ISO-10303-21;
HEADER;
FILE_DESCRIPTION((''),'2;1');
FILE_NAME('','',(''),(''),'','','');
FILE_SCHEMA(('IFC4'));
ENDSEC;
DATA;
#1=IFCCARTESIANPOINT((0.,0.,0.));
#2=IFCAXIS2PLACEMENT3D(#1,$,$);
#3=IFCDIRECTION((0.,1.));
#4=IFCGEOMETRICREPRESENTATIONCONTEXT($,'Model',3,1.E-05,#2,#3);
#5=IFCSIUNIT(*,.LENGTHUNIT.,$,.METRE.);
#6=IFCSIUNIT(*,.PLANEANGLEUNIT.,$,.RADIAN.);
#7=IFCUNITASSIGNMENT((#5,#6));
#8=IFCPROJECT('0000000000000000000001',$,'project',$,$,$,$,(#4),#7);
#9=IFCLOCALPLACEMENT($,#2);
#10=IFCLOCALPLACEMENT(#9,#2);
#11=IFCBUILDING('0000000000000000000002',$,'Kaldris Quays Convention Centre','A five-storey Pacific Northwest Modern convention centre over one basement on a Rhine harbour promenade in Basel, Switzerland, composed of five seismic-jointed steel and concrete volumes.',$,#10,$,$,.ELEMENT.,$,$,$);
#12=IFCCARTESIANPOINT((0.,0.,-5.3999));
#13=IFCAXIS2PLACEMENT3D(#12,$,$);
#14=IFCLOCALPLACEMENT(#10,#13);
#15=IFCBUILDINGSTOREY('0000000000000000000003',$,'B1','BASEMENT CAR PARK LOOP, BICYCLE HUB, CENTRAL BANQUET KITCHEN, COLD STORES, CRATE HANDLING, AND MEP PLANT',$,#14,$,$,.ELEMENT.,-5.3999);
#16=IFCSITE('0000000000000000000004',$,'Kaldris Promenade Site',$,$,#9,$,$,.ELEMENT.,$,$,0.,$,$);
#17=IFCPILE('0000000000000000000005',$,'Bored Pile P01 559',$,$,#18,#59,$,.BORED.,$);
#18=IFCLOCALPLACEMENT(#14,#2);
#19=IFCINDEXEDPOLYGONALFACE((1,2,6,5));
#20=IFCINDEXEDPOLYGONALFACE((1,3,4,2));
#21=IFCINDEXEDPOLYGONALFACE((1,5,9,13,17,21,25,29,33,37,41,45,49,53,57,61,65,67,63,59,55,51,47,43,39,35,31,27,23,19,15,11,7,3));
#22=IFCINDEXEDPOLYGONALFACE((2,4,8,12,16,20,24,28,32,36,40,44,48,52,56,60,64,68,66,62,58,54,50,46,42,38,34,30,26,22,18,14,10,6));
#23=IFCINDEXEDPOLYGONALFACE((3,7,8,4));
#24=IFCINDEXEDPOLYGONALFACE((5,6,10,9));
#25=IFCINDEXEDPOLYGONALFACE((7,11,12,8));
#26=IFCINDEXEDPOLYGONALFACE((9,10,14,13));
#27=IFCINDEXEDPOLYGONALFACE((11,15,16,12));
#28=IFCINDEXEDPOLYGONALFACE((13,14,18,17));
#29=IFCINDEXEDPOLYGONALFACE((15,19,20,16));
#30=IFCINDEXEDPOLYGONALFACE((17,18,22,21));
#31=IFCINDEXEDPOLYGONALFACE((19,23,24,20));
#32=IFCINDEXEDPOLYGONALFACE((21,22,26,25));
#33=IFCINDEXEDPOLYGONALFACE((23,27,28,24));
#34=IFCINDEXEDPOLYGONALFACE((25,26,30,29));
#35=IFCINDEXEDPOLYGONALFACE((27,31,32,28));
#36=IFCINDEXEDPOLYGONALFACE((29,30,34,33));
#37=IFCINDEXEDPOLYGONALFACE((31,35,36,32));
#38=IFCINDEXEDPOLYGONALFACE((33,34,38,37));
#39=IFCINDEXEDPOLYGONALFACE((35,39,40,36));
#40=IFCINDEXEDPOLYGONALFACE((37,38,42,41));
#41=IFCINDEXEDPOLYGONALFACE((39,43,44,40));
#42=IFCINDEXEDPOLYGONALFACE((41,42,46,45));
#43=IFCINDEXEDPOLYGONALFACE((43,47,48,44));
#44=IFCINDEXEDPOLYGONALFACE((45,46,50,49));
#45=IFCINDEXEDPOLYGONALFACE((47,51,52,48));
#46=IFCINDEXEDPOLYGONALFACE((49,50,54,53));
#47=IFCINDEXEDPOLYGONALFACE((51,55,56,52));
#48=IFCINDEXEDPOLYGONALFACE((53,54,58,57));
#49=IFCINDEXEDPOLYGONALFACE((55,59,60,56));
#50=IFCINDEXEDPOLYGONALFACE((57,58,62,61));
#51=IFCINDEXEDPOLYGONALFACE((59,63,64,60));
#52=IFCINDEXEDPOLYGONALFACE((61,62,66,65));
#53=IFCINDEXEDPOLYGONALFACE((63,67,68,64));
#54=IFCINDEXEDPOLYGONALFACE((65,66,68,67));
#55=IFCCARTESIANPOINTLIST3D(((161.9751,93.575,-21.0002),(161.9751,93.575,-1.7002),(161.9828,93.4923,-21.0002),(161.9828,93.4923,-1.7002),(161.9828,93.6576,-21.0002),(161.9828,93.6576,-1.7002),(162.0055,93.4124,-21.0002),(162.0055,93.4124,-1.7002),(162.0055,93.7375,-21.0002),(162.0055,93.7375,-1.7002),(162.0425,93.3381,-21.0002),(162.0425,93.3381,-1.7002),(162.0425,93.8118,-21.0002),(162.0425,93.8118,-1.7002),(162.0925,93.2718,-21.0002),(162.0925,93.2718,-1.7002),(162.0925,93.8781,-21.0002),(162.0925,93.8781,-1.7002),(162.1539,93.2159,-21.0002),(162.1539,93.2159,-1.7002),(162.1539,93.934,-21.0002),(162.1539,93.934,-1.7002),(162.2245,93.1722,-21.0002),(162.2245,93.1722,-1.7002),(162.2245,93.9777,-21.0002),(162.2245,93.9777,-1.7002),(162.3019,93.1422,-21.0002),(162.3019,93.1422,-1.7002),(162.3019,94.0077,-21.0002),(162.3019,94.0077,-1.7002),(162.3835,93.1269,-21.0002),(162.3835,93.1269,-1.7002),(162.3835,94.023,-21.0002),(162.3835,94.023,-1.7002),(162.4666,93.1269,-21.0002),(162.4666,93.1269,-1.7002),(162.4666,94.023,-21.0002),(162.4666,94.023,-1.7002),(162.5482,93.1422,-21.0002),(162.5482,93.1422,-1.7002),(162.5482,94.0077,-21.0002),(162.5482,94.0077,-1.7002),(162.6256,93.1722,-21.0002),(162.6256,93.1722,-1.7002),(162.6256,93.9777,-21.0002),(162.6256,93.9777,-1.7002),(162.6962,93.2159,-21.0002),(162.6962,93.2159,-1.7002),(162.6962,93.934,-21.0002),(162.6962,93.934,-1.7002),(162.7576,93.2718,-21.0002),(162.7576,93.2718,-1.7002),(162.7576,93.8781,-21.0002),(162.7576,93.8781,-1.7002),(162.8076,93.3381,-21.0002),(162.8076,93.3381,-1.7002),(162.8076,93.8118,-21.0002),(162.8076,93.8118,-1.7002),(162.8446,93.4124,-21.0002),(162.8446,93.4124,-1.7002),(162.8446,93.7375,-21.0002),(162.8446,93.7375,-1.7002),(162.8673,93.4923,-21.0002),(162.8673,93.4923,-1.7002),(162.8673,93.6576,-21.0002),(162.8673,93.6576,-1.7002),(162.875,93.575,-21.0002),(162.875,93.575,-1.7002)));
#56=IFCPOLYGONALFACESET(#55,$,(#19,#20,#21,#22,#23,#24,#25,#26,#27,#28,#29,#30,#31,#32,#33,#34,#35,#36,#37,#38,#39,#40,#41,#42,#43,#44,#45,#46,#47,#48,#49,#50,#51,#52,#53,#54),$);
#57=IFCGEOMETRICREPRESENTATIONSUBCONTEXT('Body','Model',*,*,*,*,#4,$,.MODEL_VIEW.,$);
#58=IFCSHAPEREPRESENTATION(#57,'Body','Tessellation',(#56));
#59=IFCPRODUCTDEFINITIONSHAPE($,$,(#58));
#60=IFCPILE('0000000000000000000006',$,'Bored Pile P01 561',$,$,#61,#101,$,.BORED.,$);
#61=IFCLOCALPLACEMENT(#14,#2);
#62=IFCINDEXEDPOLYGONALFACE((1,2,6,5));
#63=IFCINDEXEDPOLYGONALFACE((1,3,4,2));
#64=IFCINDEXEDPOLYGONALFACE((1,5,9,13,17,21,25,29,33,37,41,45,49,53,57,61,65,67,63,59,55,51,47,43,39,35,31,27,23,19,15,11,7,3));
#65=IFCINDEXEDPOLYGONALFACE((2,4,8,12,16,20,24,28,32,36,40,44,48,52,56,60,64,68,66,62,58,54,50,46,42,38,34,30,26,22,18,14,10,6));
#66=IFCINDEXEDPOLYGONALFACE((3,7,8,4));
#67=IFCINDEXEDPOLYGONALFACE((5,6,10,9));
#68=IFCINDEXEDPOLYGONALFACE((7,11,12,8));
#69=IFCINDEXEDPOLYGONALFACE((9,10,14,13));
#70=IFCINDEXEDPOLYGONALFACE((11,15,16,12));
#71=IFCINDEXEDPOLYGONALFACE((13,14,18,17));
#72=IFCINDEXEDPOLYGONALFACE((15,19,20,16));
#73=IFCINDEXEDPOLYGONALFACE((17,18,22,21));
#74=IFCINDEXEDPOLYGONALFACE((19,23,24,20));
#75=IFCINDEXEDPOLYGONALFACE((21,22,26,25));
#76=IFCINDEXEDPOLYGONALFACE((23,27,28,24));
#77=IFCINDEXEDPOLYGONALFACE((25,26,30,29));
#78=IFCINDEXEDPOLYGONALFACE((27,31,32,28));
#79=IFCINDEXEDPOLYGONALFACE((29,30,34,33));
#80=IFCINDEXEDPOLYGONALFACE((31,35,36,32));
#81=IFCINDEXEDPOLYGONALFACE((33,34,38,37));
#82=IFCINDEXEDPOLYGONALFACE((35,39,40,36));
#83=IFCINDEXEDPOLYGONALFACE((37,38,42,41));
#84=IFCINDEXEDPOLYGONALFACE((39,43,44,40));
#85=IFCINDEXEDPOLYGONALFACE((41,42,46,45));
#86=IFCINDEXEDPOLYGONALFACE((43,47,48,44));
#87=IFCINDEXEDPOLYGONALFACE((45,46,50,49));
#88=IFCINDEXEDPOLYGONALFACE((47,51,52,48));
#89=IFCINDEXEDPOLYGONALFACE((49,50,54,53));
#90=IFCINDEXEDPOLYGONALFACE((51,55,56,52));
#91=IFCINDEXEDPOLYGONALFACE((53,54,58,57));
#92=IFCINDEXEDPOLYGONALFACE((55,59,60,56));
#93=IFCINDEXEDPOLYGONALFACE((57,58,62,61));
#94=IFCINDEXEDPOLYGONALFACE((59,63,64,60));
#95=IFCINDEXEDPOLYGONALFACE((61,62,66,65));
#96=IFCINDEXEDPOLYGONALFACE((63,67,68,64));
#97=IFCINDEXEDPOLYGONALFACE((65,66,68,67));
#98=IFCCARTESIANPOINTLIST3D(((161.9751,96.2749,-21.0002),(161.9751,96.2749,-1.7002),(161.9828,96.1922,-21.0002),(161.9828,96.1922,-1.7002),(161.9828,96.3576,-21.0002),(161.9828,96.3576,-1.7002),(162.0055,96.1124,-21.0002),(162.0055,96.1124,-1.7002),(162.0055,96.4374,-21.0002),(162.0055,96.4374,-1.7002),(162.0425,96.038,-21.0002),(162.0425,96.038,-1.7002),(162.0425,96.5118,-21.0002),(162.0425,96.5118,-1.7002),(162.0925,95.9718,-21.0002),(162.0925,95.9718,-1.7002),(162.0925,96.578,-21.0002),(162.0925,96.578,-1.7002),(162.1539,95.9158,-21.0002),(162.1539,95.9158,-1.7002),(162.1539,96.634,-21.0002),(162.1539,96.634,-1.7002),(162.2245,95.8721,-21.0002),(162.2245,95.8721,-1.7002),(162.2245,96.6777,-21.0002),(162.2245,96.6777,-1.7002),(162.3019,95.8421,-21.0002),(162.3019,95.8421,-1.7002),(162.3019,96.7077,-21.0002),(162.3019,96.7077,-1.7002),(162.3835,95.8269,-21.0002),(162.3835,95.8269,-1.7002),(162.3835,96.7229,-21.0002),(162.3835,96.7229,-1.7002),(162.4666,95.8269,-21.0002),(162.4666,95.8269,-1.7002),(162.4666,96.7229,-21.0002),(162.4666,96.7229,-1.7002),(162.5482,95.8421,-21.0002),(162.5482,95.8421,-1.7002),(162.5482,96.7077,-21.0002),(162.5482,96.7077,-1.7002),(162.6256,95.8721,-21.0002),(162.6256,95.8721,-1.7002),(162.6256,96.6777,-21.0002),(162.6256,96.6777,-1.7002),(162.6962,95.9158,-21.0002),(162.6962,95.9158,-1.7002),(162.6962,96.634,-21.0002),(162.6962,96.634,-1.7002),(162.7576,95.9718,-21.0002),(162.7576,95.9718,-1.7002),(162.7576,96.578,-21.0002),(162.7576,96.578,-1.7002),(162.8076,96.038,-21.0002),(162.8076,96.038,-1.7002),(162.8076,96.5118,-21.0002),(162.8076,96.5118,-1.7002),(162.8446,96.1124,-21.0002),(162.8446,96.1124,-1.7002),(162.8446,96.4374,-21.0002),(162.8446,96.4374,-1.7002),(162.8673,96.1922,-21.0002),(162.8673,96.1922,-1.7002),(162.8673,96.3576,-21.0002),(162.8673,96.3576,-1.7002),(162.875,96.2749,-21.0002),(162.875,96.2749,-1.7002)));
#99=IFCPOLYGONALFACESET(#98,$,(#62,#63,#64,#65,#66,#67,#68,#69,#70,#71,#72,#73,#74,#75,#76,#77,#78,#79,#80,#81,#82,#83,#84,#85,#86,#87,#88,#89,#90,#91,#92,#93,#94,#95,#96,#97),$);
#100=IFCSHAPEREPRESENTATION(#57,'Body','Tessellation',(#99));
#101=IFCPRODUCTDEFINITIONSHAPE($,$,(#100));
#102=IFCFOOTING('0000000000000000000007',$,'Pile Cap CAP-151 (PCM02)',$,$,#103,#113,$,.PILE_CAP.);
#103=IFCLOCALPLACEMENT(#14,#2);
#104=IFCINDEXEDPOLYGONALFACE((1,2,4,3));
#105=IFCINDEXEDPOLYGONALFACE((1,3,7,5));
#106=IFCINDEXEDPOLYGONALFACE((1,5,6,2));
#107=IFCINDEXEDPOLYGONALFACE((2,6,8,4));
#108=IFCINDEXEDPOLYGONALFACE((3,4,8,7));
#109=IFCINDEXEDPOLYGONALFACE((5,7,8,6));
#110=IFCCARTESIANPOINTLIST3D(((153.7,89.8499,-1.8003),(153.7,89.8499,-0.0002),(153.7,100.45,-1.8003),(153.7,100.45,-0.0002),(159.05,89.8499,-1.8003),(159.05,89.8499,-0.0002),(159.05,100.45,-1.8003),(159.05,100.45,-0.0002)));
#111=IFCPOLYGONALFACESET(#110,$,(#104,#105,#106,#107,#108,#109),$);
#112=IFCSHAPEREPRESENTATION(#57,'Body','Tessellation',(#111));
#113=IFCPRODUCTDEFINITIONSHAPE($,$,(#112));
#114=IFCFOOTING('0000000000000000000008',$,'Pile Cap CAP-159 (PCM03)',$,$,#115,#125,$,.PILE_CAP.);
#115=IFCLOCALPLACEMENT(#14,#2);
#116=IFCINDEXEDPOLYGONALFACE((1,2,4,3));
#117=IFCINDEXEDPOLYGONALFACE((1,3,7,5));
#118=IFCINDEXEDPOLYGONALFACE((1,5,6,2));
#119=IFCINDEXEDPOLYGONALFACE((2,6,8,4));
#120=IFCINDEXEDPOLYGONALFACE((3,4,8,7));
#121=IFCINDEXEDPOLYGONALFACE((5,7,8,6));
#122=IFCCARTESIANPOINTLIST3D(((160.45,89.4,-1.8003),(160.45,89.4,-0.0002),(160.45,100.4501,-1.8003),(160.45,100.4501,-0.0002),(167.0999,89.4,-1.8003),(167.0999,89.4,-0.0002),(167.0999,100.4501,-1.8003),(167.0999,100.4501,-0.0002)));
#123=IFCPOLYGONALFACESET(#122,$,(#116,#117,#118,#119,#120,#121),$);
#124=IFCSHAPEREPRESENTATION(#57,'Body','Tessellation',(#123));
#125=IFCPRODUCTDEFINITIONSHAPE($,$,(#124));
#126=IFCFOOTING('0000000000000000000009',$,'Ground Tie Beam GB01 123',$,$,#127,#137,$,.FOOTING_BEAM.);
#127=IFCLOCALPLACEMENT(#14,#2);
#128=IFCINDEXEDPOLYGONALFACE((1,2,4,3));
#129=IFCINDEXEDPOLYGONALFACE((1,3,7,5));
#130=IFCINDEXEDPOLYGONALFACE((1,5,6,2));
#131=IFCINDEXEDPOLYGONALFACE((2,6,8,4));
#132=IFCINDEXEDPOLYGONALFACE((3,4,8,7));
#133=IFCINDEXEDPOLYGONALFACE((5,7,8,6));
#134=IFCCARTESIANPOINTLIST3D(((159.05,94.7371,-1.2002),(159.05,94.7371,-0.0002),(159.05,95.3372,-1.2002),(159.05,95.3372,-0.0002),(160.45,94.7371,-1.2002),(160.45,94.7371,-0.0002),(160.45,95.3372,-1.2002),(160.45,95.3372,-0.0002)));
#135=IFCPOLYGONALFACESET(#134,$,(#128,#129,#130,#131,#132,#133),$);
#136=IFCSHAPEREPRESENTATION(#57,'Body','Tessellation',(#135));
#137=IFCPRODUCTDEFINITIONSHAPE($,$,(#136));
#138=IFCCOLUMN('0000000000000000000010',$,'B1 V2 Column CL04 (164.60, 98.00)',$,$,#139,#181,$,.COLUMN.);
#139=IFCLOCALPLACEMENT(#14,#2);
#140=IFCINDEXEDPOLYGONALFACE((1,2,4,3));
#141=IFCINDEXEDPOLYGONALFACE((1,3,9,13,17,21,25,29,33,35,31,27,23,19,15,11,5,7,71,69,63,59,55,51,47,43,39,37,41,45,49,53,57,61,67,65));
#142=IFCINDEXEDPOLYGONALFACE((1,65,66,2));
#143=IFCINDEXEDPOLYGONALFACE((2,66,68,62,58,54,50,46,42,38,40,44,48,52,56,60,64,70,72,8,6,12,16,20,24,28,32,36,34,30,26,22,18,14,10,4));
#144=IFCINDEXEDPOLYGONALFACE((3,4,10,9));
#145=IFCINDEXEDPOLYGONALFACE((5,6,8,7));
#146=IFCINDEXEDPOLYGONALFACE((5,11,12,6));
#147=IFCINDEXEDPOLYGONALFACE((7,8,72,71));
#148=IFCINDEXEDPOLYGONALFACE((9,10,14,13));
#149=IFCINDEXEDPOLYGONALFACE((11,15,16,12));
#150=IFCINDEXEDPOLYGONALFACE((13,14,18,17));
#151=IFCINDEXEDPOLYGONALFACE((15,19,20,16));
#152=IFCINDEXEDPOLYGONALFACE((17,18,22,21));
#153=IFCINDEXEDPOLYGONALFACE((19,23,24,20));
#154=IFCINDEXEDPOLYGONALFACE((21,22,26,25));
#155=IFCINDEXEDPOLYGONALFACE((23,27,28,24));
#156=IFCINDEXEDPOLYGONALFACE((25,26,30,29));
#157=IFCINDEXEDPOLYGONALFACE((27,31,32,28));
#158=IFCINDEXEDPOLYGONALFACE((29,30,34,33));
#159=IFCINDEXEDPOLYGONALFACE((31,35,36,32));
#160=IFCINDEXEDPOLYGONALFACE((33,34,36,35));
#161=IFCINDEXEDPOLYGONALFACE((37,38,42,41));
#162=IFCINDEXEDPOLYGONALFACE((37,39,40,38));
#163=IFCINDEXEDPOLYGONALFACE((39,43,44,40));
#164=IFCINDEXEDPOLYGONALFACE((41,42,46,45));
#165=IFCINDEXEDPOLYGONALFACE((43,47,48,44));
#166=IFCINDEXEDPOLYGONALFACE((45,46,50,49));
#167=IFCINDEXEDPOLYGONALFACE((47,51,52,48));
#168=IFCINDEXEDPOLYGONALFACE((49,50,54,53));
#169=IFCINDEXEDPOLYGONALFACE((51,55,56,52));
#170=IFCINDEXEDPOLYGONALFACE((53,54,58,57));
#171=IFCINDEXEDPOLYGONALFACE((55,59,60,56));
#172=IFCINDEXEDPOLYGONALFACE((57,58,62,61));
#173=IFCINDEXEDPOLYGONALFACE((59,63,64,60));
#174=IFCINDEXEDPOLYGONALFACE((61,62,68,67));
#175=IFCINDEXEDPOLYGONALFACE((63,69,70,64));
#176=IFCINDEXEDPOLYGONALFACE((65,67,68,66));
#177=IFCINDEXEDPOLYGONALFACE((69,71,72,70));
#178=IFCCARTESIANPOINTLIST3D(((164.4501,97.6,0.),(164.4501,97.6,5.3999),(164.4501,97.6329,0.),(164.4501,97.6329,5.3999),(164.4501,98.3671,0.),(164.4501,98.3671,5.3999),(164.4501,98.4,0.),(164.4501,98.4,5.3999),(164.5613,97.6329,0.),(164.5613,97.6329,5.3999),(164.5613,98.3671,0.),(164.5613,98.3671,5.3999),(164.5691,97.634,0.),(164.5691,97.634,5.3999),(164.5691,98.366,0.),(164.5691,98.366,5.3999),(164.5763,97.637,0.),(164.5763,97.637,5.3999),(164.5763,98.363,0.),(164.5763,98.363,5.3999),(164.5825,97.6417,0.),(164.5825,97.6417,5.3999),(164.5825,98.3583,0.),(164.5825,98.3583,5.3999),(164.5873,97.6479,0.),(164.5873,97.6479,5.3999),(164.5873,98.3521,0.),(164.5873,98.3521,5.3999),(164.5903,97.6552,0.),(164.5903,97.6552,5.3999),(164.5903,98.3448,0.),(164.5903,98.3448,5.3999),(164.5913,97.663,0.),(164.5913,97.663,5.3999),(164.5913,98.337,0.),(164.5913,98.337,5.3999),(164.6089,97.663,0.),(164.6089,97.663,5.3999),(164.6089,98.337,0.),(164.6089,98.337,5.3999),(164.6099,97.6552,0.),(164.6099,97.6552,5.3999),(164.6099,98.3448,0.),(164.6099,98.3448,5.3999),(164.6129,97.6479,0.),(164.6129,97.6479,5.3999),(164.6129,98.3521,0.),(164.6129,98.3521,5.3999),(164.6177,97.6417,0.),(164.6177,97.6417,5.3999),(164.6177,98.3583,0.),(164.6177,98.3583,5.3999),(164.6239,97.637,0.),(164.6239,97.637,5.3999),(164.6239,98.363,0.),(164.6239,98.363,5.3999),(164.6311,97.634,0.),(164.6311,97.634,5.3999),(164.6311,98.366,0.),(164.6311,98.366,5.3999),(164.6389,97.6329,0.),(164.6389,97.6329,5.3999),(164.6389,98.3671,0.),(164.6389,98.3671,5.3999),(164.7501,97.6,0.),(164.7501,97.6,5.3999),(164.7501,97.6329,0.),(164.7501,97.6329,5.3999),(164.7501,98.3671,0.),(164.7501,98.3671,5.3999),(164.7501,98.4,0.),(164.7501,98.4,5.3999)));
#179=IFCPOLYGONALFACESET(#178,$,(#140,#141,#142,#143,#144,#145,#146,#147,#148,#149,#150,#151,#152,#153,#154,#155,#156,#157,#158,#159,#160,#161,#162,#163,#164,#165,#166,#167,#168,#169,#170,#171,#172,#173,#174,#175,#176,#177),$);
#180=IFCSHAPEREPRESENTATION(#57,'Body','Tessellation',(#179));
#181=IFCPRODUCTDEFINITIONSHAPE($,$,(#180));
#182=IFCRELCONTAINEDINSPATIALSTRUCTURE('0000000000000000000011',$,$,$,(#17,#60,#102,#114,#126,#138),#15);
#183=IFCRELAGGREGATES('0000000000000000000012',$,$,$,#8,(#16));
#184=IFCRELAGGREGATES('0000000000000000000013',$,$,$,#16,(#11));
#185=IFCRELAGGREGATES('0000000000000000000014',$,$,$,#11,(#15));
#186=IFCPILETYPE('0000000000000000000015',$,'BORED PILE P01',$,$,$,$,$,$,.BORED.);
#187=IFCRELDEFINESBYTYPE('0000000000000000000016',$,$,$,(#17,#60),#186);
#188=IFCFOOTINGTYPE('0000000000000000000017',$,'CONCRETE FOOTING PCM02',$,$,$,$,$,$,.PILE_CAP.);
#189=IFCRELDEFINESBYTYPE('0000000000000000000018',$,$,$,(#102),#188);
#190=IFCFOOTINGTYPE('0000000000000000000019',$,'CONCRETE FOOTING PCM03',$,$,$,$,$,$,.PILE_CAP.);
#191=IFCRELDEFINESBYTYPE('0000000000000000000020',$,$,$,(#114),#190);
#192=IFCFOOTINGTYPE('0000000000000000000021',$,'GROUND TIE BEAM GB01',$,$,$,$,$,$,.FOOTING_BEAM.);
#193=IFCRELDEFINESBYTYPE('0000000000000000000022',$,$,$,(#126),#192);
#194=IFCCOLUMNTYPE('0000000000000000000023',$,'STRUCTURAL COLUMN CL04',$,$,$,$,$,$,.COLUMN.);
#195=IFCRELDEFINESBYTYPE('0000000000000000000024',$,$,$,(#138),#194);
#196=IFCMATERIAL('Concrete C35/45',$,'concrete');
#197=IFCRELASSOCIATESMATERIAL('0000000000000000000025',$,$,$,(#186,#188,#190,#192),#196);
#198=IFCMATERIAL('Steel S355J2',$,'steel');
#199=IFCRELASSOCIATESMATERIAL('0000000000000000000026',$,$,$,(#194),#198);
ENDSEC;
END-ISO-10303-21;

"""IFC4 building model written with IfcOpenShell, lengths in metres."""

from ifc_helpers import new_model, si_unit, direction, frame, origin, origin_2d, place, context, subcontext, project, spatial, rectangle, circle, i_section, extrude, material, material_profile, profile_set, type_object, element, save


model = new_model("IFC4")

# Units and contexts
model_context = context("Model", 3, precision=1e-05, world=origin(), true_north=direction((0.0, 1.0)))
body_context = subcontext(model_context, "Body", "Model", "MODEL_VIEW")
ifc_project = project(units=[si_unit("LENGTHUNIT", "METRE"), si_unit("PLANEANGLEUNIT", "RADIAN")], contexts=[model_context])

# Site, building, storey
site_placement = place(None, origin())
site = spatial("IfcSite", under=ifc_project, at=site_placement, Name="Kaldris Promenade Site", CompositionType="ELEMENT", RefElevation=0.0)
building_placement = place(site_placement, origin())
building = spatial("IfcBuilding", under=site, at=building_placement, Name="Kaldris Quays Convention Centre", Description="A five-storey Pacific Northwest Modern convention centre over one basement on a Rhine harbour promenade in Basel, Switzerland, composed of five seismic-jointed steel and concrete volumes.", CompositionType="ELEMENT")
storey_placement = place(building_placement, frame((0.0, 0.0, -5.3999)))
storey = spatial("IfcBuildingStorey", under=building, at=storey_placement, Name="B1", Description="BASEMENT CAR PARK LOOP, BICYCLE HUB, CENTRAL BANQUET KITCHEN, COLD STORES, CRATE HANDLING, AND MEP PLANT", CompositionType="ELEMENT", Elevation=-5.3999)

# Piles
ifc_material_1 = material(Name="Concrete C35/45", Category="concrete")
ifc_material_profile_1 = material_profile(ifc_material_1, circle(Radius=0.45, at=origin_2d()), Name="BORED PILE D900")
ifc_profile_set_1 = profile_set([ifc_material_profile_1], Name="Concrete C35/45")
pile_type = type_object("IfcPileType", Name="BORED PILE P01", PredefinedType="BORED", material=ifc_profile_set_1)
for number, where, z_axis, x_axis, name in (
    (1, (162.425, 93.575, -1.7002), (0.0, 0.0, -1.0), (1.0, 0.0, 0.0), "Bored Pile P01 559"),
    (2, (162.425, 96.2749, -1.7002), (0.0, 0.0, -1.0), (1.0, 0.0, 0.0), "Bored Pile P01 561"),
):
    element("IfcPile", number, at=place(storey_placement, frame(where, z_axis=z_axis, x_axis=x_axis)), inside=storey, type_object=pile_type, Name=name, PredefinedType="BORED", context=body_context, shape_type="SweptSolid", body=[
        extrude(circle(Radius=0.45, at=origin_2d()), origin(), (0.0, 0.0, 1.0), 19.3),
    ])

# Footings
footing_type_1 = type_object("IfcFootingType", Name="CONCRETE FOOTING PCM02", PredefinedType="PILE_CAP", material=ifc_material_1)
footing_1_placement = place(storey_placement, frame((156.375, 95.1499, -1.8003), z_axis=(0.0, 0.0, 1.0), x_axis=(1.0, 0.0, 0.0)))
element("IfcFooting", 3, at=footing_1_placement, inside=storey, type_object=footing_type_1, Name="Pile Cap CAP-151 (PCM02)", PredefinedType="PILE_CAP", context=body_context, shape_type="SweptSolid", body=[
    extrude(rectangle(XDim=5.3501, YDim=10.6001, at=origin_2d()), origin(), (0.0, 0.0, 1.0), 1.8),
])
footing_type_2 = type_object("IfcFootingType", Name="CONCRETE FOOTING PCM03", PredefinedType="PILE_CAP", material=ifc_material_1)
footing_2_placement = place(storey_placement, frame((163.7749, 94.925, -1.8003), z_axis=(0.0, 0.0, 1.0), x_axis=(1.0, 0.0, 0.0)))
element("IfcFooting", 4, at=footing_2_placement, inside=storey, type_object=footing_type_2, Name="Pile Cap CAP-159 (PCM03)", PredefinedType="PILE_CAP", context=body_context, shape_type="SweptSolid", body=[
    extrude(rectangle(XDim=6.6499, YDim=11.05, at=origin_2d()), origin(), (0.0, 0.0, 1.0), 1.8),
])
footing_type_3 = type_object("IfcFootingType", Name="GROUND TIE BEAM GB01", PredefinedType="FOOTING_BEAM", material=ifc_material_1)
footing_3_placement = place(storey_placement, frame((159.75, 95.0371, -1.2002), z_axis=(0.0, 0.0, 1.0), x_axis=(1.0, 0.0, 0.0)))
element("IfcFooting", 5, at=footing_3_placement, inside=storey, type_object=footing_type_3, Name="Ground Tie Beam GB01 123", PredefinedType="FOOTING_BEAM", context=body_context, shape_type="SweptSolid", body=[
    extrude(rectangle(XDim=1.3999, YDim=0.6001, at=origin_2d()), origin(), (0.0, 0.0, 1.0), 1.2),
])

# Column
ifc_material_2 = material(Name="Steel S355J2", Category="steel")
ifc_material_profile_2 = material_profile(ifc_material_2, i_section(OverallWidth=0.3, OverallDepth=0.8, WebThickness=0.0176, FlangeThickness=0.033, FilletRadius=0.03, at=origin_2d()), Name="HEB 800")
ifc_profile_set_2 = profile_set([ifc_material_profile_2], Name="Steel S355J2")
column_type_1 = type_object("IfcColumnType", Name="STRUCTURAL COLUMN CL04", PredefinedType="COLUMN", material=ifc_profile_set_2)
column_placement = place(storey_placement, frame((164.6001, 98.0, 0.0), z_axis=(0.0, 0.0, 1.0), x_axis=(1.0, 0.0, 0.0)))
element("IfcColumn", 6, at=column_placement, inside=storey, type_object=column_type_1, Name="B1 V2 Column CL04 (164.60, 98.00)", PredefinedType="COLUMN", context=body_context, shape_type="SweptSolid", body=[
    extrude(i_section(OverallWidth=0.3, OverallDepth=0.8, WebThickness=0.0176, FlangeThickness=0.033, FilletRadius=0.03, at=origin_2d()), origin(), (0.0, 0.0, 1.0), 5.3999),
])

save(model, "model.ifc")
